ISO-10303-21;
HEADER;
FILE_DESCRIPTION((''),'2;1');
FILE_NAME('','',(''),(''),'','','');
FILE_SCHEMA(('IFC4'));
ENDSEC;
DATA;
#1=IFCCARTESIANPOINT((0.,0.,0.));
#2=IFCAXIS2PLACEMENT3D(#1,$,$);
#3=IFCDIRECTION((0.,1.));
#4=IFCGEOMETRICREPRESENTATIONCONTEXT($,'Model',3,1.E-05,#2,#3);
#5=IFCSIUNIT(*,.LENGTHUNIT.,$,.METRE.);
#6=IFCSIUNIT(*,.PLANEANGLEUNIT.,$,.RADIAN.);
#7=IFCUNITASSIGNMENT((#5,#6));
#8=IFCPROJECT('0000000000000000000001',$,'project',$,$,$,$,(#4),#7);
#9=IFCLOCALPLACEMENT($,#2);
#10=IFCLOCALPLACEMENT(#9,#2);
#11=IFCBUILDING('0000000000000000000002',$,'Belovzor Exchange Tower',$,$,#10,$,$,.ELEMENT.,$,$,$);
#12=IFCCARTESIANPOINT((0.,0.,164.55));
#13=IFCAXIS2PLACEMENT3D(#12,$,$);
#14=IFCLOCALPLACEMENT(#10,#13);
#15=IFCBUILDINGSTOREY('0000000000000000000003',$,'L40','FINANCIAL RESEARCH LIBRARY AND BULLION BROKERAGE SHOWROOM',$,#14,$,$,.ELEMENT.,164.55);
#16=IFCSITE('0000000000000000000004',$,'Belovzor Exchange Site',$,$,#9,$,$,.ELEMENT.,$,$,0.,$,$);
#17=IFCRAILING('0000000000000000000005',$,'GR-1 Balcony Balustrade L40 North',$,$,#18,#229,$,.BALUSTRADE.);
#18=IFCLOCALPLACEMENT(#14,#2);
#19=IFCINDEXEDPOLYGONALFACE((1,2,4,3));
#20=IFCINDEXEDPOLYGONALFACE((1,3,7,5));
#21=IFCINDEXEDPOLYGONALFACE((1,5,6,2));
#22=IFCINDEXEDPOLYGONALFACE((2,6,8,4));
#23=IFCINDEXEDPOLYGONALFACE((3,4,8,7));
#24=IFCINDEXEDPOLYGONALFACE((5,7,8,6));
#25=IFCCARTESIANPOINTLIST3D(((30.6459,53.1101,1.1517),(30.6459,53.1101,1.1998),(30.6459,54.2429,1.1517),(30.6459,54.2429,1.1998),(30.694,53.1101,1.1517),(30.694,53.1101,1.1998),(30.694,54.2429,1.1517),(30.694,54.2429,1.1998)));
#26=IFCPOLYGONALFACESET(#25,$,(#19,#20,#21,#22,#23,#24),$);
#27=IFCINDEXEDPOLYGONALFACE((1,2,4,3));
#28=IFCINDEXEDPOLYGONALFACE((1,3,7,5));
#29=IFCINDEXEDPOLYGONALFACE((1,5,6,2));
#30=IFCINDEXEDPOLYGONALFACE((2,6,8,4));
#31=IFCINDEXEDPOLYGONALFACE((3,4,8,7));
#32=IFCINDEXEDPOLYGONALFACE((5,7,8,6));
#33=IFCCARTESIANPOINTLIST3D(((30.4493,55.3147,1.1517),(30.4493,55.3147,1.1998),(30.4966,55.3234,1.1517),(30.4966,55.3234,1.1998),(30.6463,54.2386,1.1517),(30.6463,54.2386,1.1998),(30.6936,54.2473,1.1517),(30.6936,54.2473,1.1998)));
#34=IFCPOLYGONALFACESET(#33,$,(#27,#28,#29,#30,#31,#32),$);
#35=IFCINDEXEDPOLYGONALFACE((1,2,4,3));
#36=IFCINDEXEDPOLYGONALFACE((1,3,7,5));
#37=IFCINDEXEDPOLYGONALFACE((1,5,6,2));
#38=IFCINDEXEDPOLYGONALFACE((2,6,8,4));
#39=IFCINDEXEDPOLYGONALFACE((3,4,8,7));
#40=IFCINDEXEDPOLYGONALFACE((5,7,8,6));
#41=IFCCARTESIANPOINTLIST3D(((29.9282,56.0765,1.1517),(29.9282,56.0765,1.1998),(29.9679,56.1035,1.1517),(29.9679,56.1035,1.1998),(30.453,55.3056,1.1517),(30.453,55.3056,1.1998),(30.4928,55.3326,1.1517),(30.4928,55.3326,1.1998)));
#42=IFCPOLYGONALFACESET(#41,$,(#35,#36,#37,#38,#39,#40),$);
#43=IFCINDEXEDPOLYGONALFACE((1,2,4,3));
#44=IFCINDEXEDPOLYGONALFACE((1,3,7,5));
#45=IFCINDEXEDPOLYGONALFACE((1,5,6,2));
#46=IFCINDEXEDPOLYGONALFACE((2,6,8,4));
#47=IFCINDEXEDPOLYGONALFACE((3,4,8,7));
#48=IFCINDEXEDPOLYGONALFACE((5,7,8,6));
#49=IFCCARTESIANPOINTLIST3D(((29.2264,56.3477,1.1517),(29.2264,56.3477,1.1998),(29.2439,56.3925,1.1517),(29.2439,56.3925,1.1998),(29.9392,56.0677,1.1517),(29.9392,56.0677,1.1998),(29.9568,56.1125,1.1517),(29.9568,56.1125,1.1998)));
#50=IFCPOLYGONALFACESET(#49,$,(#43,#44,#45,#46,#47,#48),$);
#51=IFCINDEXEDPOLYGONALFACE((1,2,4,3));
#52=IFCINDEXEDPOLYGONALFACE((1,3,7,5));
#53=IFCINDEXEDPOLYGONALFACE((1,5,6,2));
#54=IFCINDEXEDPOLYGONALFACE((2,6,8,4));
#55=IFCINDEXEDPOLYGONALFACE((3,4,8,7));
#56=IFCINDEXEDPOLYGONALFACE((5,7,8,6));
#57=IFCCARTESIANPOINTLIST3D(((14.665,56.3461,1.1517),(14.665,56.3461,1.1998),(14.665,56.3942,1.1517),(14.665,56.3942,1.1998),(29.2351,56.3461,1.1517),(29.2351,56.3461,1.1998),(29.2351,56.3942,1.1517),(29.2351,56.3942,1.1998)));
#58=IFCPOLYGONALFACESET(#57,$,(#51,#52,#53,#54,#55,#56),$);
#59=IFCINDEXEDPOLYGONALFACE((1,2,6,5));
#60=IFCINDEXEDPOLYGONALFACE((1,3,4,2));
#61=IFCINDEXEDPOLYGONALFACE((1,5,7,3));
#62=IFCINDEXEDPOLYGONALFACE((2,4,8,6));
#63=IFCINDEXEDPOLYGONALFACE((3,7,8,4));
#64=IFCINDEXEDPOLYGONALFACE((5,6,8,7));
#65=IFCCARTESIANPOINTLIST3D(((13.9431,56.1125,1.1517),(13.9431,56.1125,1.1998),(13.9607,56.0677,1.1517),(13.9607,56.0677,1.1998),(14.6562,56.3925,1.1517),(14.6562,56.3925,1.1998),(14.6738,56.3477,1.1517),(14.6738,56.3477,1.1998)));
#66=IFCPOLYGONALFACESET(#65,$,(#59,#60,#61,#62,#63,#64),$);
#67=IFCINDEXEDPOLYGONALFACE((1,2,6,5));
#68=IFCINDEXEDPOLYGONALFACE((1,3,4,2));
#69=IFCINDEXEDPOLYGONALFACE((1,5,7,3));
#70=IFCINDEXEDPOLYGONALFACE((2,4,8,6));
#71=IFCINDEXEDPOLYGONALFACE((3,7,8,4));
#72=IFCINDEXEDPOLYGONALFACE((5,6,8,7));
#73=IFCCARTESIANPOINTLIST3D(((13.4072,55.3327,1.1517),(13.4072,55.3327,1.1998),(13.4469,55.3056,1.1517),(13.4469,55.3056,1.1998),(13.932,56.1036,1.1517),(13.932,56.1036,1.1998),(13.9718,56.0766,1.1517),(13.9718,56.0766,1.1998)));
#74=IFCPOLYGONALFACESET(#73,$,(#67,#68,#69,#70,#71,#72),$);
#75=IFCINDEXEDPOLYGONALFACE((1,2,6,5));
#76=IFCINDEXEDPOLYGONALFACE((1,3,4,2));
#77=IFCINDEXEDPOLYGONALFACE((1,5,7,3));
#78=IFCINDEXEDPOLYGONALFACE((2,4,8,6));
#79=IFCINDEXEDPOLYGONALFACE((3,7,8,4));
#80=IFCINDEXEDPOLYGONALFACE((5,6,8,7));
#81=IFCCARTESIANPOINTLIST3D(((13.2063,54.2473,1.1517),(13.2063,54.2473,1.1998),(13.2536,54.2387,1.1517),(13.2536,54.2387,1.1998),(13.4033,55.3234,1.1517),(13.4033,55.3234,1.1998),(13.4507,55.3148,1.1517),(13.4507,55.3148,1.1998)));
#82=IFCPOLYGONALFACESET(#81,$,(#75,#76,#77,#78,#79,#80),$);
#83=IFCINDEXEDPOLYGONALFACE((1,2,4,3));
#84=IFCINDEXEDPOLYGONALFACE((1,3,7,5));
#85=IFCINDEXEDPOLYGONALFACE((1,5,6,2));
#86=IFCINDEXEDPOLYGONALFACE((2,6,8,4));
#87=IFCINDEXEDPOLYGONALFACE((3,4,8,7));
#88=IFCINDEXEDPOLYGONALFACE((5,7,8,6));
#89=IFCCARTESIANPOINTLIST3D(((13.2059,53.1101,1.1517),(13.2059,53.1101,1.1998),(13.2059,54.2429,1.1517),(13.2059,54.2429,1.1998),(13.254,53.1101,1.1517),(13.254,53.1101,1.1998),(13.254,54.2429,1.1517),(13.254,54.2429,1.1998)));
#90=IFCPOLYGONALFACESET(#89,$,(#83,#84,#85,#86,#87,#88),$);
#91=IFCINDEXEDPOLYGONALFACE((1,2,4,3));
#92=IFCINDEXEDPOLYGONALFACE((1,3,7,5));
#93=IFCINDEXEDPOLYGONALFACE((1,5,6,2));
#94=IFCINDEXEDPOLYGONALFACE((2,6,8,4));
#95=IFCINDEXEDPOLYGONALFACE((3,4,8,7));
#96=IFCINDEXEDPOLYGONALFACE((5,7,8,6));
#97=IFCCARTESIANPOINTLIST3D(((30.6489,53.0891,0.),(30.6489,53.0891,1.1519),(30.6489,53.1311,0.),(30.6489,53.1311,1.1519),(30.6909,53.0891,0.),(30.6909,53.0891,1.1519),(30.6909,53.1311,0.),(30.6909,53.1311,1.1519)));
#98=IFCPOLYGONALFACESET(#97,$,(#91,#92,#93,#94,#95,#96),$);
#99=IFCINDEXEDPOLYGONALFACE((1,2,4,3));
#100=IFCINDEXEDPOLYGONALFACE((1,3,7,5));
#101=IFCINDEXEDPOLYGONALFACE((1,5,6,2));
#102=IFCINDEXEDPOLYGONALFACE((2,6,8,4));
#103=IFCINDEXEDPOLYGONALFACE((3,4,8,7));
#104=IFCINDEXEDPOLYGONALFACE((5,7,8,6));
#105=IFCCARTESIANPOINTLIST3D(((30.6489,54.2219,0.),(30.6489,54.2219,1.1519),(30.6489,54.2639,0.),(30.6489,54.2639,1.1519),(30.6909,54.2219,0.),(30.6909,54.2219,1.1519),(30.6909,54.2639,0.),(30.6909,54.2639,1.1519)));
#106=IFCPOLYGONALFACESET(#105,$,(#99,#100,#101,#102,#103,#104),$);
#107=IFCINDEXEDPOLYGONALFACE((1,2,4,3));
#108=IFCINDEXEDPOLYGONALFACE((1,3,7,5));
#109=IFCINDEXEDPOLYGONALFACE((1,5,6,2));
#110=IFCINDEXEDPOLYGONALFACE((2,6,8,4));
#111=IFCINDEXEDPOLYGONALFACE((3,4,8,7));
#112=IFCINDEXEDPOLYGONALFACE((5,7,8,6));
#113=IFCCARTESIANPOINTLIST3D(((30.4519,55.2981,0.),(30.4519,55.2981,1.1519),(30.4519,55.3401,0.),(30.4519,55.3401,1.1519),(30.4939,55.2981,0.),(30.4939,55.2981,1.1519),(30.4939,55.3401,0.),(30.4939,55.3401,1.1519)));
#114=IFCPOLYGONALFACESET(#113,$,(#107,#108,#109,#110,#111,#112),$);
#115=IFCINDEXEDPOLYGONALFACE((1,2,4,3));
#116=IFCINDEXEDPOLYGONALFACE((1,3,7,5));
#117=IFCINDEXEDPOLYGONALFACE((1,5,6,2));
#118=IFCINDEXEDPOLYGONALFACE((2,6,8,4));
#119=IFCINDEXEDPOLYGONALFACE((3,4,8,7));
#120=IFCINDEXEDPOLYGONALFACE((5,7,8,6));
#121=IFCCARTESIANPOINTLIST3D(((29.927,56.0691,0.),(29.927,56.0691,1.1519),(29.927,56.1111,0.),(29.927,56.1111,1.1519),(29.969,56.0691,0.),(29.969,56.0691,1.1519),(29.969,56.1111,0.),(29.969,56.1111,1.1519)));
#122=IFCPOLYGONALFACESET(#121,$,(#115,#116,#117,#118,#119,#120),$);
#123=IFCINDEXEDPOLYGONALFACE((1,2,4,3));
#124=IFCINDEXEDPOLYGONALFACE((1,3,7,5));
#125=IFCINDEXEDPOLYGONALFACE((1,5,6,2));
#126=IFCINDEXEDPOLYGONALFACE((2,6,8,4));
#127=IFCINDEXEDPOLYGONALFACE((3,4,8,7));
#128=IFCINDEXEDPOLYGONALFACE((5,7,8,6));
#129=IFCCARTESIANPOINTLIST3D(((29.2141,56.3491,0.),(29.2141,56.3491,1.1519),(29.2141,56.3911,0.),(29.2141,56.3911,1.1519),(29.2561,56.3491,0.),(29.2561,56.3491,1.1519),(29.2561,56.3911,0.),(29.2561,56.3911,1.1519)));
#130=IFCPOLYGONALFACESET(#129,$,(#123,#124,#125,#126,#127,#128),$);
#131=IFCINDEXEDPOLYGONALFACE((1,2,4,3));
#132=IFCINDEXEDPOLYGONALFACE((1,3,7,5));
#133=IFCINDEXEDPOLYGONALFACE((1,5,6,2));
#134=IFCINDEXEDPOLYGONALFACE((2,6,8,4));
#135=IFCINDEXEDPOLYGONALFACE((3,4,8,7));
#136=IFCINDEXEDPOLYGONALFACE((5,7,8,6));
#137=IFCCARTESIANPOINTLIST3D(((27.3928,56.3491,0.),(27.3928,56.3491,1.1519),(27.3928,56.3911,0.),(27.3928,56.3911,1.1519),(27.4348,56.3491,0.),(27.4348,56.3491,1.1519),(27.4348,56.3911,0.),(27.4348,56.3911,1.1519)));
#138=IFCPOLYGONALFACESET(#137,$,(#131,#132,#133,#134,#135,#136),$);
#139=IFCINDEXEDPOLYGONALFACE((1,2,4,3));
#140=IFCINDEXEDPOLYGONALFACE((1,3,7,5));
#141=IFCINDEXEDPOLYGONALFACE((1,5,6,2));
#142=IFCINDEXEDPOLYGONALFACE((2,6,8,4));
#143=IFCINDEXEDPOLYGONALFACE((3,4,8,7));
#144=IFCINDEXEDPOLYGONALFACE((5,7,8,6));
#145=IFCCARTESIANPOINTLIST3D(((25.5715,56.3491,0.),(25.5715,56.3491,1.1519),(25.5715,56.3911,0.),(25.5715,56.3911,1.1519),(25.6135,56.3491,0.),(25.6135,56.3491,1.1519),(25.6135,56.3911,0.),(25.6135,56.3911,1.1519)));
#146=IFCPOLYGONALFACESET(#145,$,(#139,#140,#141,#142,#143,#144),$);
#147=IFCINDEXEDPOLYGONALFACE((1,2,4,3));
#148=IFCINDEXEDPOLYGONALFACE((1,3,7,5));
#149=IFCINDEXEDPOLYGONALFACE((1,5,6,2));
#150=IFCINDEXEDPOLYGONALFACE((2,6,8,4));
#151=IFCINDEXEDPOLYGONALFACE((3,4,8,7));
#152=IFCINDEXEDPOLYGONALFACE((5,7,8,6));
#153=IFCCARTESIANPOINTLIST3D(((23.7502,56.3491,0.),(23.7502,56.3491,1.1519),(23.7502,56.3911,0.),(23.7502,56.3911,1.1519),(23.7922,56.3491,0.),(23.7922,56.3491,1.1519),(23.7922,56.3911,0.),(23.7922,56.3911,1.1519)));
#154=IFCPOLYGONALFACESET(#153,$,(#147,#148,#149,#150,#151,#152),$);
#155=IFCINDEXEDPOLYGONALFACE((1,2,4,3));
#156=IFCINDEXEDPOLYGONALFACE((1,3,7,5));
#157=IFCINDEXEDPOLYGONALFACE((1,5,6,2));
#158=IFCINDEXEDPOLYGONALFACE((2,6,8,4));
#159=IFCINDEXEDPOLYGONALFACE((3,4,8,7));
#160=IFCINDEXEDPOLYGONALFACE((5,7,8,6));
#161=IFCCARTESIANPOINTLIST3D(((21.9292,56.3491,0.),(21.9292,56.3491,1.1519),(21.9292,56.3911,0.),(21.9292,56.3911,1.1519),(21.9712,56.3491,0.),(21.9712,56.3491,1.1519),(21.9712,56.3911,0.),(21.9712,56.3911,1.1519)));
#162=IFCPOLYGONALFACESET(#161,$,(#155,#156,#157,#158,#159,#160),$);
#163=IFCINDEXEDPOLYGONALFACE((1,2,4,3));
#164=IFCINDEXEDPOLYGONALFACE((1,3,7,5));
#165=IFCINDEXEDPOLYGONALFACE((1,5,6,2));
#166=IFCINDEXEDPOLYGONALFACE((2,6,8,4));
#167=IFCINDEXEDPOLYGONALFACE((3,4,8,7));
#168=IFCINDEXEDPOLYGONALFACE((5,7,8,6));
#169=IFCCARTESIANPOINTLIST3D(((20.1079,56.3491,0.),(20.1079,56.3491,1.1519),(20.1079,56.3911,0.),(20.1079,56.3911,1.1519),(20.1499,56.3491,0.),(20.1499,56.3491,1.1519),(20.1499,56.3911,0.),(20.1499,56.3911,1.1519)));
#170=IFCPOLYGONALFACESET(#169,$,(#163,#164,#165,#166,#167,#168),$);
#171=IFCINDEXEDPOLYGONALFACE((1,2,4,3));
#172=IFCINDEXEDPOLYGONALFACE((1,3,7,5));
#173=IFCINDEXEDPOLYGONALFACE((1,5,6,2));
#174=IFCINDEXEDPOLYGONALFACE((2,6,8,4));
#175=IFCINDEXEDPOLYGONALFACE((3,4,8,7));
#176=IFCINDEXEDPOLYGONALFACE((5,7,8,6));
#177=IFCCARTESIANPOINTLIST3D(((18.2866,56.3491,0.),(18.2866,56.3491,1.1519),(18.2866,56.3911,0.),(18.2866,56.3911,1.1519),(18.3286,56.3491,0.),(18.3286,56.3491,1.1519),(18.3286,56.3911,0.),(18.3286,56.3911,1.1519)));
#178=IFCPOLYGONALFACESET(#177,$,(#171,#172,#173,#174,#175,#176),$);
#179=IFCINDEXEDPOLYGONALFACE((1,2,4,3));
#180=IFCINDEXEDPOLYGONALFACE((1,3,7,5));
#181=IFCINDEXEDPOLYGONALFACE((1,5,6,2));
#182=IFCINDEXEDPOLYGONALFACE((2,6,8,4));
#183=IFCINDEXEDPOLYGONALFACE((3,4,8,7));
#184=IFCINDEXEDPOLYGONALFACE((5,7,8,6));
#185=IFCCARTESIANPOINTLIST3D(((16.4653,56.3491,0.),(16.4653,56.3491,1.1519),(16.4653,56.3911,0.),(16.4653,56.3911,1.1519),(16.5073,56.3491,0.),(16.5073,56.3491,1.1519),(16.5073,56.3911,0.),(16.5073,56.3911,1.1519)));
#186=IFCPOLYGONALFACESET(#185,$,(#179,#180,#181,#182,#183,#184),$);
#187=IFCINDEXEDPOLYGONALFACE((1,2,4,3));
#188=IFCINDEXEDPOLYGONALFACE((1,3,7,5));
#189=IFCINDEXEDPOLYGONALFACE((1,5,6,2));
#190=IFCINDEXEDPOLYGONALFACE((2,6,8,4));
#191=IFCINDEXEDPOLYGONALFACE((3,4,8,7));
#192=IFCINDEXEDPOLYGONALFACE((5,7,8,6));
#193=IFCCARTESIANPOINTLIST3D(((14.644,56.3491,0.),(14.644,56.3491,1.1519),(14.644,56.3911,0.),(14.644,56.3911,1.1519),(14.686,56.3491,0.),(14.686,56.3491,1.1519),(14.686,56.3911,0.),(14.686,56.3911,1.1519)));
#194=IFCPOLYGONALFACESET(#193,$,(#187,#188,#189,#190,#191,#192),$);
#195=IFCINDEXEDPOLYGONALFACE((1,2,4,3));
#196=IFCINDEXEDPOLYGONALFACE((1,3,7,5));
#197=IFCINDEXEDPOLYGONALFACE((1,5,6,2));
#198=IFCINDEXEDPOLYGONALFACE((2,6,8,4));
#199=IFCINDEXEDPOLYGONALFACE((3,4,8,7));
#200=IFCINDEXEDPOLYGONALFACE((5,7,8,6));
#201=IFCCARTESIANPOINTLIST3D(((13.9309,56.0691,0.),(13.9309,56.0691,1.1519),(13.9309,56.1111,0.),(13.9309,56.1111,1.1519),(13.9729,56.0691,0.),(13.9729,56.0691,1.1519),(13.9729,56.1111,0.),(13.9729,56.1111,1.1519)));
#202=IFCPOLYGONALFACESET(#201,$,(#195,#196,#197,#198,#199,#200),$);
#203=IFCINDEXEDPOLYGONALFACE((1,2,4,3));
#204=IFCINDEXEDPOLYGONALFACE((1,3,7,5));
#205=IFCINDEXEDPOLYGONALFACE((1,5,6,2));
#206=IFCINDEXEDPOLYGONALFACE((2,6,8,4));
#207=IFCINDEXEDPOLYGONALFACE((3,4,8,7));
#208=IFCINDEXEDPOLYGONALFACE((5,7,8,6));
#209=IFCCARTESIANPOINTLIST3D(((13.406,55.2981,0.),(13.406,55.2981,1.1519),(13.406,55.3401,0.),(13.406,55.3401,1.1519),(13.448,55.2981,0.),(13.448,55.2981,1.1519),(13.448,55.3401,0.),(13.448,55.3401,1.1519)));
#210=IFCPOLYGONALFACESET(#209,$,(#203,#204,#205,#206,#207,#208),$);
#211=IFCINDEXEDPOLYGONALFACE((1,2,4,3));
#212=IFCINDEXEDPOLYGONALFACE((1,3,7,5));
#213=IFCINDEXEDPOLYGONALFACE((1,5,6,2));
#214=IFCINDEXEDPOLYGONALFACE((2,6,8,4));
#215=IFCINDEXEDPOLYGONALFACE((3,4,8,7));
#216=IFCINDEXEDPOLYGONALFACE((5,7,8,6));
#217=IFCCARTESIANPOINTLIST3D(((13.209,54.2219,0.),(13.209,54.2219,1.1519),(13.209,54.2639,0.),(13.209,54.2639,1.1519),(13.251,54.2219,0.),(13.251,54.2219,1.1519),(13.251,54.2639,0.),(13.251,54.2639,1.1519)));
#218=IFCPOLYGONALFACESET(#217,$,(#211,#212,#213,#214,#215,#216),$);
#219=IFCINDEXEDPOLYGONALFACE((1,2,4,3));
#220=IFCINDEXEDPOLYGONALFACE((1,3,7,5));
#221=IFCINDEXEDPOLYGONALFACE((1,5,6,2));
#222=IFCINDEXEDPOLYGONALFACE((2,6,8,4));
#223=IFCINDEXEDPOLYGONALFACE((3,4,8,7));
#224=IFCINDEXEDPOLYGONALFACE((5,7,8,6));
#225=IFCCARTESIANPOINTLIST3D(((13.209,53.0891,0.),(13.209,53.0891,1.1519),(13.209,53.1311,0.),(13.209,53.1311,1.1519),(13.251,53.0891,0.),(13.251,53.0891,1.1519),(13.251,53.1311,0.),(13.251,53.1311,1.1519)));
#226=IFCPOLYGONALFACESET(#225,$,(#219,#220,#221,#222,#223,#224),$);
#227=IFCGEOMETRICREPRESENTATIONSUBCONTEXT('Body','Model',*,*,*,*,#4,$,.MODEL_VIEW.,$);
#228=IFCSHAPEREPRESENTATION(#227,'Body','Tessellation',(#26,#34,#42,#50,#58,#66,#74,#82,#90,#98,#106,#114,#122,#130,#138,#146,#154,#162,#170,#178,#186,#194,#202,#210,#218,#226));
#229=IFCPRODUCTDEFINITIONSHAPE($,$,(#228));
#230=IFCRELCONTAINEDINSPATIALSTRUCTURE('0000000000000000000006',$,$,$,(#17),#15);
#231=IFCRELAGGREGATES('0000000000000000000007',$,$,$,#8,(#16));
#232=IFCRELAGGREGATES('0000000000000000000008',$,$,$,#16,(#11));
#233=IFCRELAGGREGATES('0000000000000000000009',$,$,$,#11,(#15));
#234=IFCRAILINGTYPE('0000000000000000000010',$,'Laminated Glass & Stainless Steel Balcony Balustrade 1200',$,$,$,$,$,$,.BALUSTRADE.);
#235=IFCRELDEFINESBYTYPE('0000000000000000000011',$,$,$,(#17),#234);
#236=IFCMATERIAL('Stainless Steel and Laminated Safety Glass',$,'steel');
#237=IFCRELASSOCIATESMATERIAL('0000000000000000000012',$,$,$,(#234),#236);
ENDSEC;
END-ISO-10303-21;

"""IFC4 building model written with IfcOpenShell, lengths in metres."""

from ifc_helpers import new_model, si_unit, direction, frame, origin, origin_2d, place, context, subcontext, project, spatial, rectangle, extrude, material, type_object, element, save


model = new_model("IFC4")

# Units and contexts
model_context = context("Model", 3, precision=1e-05, world=origin(), true_north=direction((0.0, 1.0)))
body_context = subcontext(model_context, "Body", "Model", "MODEL_VIEW")
ifc_project = project(units=[si_unit("LENGTHUNIT", "METRE"), si_unit("PLANEANGLEUNIT", "RADIAN")], contexts=[model_context])

# Site, building, storey
site_placement = place(None, origin())
site = spatial("IfcSite", under=ifc_project, at=site_placement, Name="Belovzor Exchange Site", CompositionType="ELEMENT", RefElevation=0.0)
building_placement = place(site_placement, origin())
building = spatial("IfcBuilding", under=site, at=building_placement, Name="Belovzor Exchange Tower", CompositionType="ELEMENT")
storey_placement = place(building_placement, frame((0.0, 0.0, 164.55)))
storey = spatial("IfcBuildingStorey", under=building, at=storey_placement, Name="L40", Description="FINANCIAL RESEARCH LIBRARY AND BULLION BROKERAGE SHOWROOM", CompositionType="ELEMENT", Elevation=164.55)

# Railing
ifc_material_1 = material(Name="Stainless Steel and Laminated Safety Glass", Category="steel")
railing_type = type_object("IfcRailingType", Name="Laminated Glass & Stainless Steel Balcony Balustrade 1200", PredefinedType="BALUSTRADE", material=ifc_material_1)
railing_placement = place(storey_placement, frame((30.6699, 53.1101, 0.0)))
element("IfcRailing", 1, at=railing_placement, inside=storey, type_object=railing_type, Name="GR-1 Balcony Balustrade L40 North", PredefinedType="BALUSTRADE", context=body_context, shape_type="SweptSolid", body=[
    extrude(rectangle(XDim=0.0481, YDim=0.0481, at=origin_2d()), frame((0.0, 0.0, 1.1758), z_axis=(0.0, 1.0, 0.0), x_axis=(-1.0, 0.0, 0.0)), (0.0, 0.0, 1.0), 1.1328),
    extrude(rectangle(XDim=0.0481, YDim=0.0481, at=origin_2d()), frame((0.0, 1.1328, 1.1758), z_axis=(-0.180083, 0.983651, 0.0), x_axis=(-0.983651, -0.180083, 0.0)), (0.0, 0.0, 1.0), 1.094),
    extrude(rectangle(XDim=0.0481, YDim=0.0481, at=origin_2d()), frame((-0.197, 2.209, 1.1758), z_axis=(-0.562768, 0.826615, 0.0), x_axis=(-0.826615, -0.562768, 0.0)), (0.0, 0.0, 1.0), 0.9326),
    extrude(rectangle(XDim=0.0481, YDim=0.0481, at=origin_2d()), frame((-0.7219, 2.98, 1.1758), z_axis=(-0.930767, 0.365613, 0.0), x_axis=(-0.365613, -0.930767, 0.0)), (0.0, 0.0, 1.0), 0.7659),
    extrude(rectangle(XDim=0.0481, YDim=0.0481, at=origin_2d()), frame((-1.4348, 3.26, 1.1758), z_axis=(-1.0, 0.0, 0.0), x_axis=(0.0, -1.0, 0.0)), (0.0, 0.0, 1.0), 14.5701),
    extrude(rectangle(XDim=0.0481, YDim=0.0481, at=origin_2d()), frame((-16.0049, 3.26, 1.1758), z_axis=(-0.93081, -0.365504, 0.0), x_axis=(0.365504, -0.93081, 0.0)), (0.0, 0.0, 1.0), 0.7661),
    extrude(rectangle(XDim=0.0481, YDim=0.0481, at=origin_2d()), frame((-16.718, 2.98, 1.1758), z_axis=(-0.562768, -0.826615, 0.0), x_axis=(0.826615, -0.562768, 0.0)), (0.0, 0.0, 1.0), 0.9326),
    extrude(rectangle(XDim=0.0481, YDim=0.0481, at=origin_2d()), frame((-17.2429, 2.209, 1.1758), z_axis=(-0.180083, -0.983651, 0.0), x_axis=(0.983651, -0.180083, 0.0)), (0.0, 0.0, 1.0), 1.094),
    extrude(rectangle(XDim=0.0481, YDim=0.0481, at=origin_2d()), frame((-17.4399, 1.1328, 1.1758), z_axis=(0.0, -1.0, 0.0), x_axis=(1.0, 0.0, 0.0)), (0.0, 0.0, 1.0), 1.1328),
    extrude(rectangle(XDim=0.042, YDim=0.042, at=origin_2d()), origin(), (0.0, 0.0, 1.0), 1.1519),
    extrude(rectangle(XDim=0.042, YDim=0.042, at=origin_2d()), frame((0.0, 1.1328, 0.0)), (0.0, 0.0, 1.0), 1.1519),
    extrude(rectangle(XDim=0.042, YDim=0.042, at=origin_2d()), frame((-0.197, 2.209, 0.0)), (0.0, 0.0, 1.0), 1.1519),
    extrude(rectangle(XDim=0.042, YDim=0.042, at=origin_2d()), frame((-0.7219, 2.98, 0.0)), (0.0, 0.0, 1.0), 1.1519),
    extrude(rectangle(XDim=0.042, YDim=0.042, at=origin_2d()), frame((-1.4348, 3.26, 0.0)), (0.0, 0.0, 1.0), 1.1519),
    extrude(rectangle(XDim=0.042, YDim=0.042, at=origin_2d()), frame((-3.2561, 3.26, 0.0)), (0.0, 0.0, 1.0), 1.1519),
    extrude(rectangle(XDim=0.042, YDim=0.042, at=origin_2d()), frame((-5.0774, 3.26, 0.0)), (0.0, 0.0, 1.0), 1.1519),
    extrude(rectangle(XDim=0.042, YDim=0.042, at=origin_2d()), frame((-6.8987, 3.26, 0.0)), (0.0, 0.0, 1.0), 1.1519),
    extrude(rectangle(XDim=0.042, YDim=0.042, at=origin_2d()), frame((-8.7197, 3.26, 0.0)), (0.0, 0.0, 1.0), 1.1519),
    extrude(rectangle(XDim=0.042, YDim=0.042, at=origin_2d()), frame((-10.541, 3.26, 0.0)), (0.0, 0.0, 1.0), 1.1519),
    extrude(rectangle(XDim=0.042, YDim=0.042, at=origin_2d()), frame((-12.3623, 3.26, 0.0)), (0.0, 0.0, 1.0), 1.1519),
    extrude(rectangle(XDim=0.042, YDim=0.042, at=origin_2d()), frame((-14.1836, 3.26, 0.0)), (0.0, 0.0, 1.0), 1.1519),
    extrude(rectangle(XDim=0.042, YDim=0.042, at=origin_2d()), frame((-16.0049, 3.26, 0.0)), (0.0, 0.0, 1.0), 1.1519),
    extrude(rectangle(XDim=0.042, YDim=0.042, at=origin_2d()), frame((-16.718, 2.98, 0.0)), (0.0, 0.0, 1.0), 1.1519),
    extrude(rectangle(XDim=0.042, YDim=0.042, at=origin_2d()), frame((-17.2429, 2.209, 0.0)), (0.0, 0.0, 1.0), 1.1519),
    extrude(rectangle(XDim=0.042, YDim=0.042, at=origin_2d()), frame((-17.4399, 1.1328, 0.0)), (0.0, 0.0, 1.0), 1.1519),
    extrude(rectangle(XDim=0.042, YDim=0.042, at=origin_2d()), frame((-17.4399, 0.0, 0.0)), (0.0, 0.0, 1.0), 1.1519),
])

save(model, "model.ifc")
